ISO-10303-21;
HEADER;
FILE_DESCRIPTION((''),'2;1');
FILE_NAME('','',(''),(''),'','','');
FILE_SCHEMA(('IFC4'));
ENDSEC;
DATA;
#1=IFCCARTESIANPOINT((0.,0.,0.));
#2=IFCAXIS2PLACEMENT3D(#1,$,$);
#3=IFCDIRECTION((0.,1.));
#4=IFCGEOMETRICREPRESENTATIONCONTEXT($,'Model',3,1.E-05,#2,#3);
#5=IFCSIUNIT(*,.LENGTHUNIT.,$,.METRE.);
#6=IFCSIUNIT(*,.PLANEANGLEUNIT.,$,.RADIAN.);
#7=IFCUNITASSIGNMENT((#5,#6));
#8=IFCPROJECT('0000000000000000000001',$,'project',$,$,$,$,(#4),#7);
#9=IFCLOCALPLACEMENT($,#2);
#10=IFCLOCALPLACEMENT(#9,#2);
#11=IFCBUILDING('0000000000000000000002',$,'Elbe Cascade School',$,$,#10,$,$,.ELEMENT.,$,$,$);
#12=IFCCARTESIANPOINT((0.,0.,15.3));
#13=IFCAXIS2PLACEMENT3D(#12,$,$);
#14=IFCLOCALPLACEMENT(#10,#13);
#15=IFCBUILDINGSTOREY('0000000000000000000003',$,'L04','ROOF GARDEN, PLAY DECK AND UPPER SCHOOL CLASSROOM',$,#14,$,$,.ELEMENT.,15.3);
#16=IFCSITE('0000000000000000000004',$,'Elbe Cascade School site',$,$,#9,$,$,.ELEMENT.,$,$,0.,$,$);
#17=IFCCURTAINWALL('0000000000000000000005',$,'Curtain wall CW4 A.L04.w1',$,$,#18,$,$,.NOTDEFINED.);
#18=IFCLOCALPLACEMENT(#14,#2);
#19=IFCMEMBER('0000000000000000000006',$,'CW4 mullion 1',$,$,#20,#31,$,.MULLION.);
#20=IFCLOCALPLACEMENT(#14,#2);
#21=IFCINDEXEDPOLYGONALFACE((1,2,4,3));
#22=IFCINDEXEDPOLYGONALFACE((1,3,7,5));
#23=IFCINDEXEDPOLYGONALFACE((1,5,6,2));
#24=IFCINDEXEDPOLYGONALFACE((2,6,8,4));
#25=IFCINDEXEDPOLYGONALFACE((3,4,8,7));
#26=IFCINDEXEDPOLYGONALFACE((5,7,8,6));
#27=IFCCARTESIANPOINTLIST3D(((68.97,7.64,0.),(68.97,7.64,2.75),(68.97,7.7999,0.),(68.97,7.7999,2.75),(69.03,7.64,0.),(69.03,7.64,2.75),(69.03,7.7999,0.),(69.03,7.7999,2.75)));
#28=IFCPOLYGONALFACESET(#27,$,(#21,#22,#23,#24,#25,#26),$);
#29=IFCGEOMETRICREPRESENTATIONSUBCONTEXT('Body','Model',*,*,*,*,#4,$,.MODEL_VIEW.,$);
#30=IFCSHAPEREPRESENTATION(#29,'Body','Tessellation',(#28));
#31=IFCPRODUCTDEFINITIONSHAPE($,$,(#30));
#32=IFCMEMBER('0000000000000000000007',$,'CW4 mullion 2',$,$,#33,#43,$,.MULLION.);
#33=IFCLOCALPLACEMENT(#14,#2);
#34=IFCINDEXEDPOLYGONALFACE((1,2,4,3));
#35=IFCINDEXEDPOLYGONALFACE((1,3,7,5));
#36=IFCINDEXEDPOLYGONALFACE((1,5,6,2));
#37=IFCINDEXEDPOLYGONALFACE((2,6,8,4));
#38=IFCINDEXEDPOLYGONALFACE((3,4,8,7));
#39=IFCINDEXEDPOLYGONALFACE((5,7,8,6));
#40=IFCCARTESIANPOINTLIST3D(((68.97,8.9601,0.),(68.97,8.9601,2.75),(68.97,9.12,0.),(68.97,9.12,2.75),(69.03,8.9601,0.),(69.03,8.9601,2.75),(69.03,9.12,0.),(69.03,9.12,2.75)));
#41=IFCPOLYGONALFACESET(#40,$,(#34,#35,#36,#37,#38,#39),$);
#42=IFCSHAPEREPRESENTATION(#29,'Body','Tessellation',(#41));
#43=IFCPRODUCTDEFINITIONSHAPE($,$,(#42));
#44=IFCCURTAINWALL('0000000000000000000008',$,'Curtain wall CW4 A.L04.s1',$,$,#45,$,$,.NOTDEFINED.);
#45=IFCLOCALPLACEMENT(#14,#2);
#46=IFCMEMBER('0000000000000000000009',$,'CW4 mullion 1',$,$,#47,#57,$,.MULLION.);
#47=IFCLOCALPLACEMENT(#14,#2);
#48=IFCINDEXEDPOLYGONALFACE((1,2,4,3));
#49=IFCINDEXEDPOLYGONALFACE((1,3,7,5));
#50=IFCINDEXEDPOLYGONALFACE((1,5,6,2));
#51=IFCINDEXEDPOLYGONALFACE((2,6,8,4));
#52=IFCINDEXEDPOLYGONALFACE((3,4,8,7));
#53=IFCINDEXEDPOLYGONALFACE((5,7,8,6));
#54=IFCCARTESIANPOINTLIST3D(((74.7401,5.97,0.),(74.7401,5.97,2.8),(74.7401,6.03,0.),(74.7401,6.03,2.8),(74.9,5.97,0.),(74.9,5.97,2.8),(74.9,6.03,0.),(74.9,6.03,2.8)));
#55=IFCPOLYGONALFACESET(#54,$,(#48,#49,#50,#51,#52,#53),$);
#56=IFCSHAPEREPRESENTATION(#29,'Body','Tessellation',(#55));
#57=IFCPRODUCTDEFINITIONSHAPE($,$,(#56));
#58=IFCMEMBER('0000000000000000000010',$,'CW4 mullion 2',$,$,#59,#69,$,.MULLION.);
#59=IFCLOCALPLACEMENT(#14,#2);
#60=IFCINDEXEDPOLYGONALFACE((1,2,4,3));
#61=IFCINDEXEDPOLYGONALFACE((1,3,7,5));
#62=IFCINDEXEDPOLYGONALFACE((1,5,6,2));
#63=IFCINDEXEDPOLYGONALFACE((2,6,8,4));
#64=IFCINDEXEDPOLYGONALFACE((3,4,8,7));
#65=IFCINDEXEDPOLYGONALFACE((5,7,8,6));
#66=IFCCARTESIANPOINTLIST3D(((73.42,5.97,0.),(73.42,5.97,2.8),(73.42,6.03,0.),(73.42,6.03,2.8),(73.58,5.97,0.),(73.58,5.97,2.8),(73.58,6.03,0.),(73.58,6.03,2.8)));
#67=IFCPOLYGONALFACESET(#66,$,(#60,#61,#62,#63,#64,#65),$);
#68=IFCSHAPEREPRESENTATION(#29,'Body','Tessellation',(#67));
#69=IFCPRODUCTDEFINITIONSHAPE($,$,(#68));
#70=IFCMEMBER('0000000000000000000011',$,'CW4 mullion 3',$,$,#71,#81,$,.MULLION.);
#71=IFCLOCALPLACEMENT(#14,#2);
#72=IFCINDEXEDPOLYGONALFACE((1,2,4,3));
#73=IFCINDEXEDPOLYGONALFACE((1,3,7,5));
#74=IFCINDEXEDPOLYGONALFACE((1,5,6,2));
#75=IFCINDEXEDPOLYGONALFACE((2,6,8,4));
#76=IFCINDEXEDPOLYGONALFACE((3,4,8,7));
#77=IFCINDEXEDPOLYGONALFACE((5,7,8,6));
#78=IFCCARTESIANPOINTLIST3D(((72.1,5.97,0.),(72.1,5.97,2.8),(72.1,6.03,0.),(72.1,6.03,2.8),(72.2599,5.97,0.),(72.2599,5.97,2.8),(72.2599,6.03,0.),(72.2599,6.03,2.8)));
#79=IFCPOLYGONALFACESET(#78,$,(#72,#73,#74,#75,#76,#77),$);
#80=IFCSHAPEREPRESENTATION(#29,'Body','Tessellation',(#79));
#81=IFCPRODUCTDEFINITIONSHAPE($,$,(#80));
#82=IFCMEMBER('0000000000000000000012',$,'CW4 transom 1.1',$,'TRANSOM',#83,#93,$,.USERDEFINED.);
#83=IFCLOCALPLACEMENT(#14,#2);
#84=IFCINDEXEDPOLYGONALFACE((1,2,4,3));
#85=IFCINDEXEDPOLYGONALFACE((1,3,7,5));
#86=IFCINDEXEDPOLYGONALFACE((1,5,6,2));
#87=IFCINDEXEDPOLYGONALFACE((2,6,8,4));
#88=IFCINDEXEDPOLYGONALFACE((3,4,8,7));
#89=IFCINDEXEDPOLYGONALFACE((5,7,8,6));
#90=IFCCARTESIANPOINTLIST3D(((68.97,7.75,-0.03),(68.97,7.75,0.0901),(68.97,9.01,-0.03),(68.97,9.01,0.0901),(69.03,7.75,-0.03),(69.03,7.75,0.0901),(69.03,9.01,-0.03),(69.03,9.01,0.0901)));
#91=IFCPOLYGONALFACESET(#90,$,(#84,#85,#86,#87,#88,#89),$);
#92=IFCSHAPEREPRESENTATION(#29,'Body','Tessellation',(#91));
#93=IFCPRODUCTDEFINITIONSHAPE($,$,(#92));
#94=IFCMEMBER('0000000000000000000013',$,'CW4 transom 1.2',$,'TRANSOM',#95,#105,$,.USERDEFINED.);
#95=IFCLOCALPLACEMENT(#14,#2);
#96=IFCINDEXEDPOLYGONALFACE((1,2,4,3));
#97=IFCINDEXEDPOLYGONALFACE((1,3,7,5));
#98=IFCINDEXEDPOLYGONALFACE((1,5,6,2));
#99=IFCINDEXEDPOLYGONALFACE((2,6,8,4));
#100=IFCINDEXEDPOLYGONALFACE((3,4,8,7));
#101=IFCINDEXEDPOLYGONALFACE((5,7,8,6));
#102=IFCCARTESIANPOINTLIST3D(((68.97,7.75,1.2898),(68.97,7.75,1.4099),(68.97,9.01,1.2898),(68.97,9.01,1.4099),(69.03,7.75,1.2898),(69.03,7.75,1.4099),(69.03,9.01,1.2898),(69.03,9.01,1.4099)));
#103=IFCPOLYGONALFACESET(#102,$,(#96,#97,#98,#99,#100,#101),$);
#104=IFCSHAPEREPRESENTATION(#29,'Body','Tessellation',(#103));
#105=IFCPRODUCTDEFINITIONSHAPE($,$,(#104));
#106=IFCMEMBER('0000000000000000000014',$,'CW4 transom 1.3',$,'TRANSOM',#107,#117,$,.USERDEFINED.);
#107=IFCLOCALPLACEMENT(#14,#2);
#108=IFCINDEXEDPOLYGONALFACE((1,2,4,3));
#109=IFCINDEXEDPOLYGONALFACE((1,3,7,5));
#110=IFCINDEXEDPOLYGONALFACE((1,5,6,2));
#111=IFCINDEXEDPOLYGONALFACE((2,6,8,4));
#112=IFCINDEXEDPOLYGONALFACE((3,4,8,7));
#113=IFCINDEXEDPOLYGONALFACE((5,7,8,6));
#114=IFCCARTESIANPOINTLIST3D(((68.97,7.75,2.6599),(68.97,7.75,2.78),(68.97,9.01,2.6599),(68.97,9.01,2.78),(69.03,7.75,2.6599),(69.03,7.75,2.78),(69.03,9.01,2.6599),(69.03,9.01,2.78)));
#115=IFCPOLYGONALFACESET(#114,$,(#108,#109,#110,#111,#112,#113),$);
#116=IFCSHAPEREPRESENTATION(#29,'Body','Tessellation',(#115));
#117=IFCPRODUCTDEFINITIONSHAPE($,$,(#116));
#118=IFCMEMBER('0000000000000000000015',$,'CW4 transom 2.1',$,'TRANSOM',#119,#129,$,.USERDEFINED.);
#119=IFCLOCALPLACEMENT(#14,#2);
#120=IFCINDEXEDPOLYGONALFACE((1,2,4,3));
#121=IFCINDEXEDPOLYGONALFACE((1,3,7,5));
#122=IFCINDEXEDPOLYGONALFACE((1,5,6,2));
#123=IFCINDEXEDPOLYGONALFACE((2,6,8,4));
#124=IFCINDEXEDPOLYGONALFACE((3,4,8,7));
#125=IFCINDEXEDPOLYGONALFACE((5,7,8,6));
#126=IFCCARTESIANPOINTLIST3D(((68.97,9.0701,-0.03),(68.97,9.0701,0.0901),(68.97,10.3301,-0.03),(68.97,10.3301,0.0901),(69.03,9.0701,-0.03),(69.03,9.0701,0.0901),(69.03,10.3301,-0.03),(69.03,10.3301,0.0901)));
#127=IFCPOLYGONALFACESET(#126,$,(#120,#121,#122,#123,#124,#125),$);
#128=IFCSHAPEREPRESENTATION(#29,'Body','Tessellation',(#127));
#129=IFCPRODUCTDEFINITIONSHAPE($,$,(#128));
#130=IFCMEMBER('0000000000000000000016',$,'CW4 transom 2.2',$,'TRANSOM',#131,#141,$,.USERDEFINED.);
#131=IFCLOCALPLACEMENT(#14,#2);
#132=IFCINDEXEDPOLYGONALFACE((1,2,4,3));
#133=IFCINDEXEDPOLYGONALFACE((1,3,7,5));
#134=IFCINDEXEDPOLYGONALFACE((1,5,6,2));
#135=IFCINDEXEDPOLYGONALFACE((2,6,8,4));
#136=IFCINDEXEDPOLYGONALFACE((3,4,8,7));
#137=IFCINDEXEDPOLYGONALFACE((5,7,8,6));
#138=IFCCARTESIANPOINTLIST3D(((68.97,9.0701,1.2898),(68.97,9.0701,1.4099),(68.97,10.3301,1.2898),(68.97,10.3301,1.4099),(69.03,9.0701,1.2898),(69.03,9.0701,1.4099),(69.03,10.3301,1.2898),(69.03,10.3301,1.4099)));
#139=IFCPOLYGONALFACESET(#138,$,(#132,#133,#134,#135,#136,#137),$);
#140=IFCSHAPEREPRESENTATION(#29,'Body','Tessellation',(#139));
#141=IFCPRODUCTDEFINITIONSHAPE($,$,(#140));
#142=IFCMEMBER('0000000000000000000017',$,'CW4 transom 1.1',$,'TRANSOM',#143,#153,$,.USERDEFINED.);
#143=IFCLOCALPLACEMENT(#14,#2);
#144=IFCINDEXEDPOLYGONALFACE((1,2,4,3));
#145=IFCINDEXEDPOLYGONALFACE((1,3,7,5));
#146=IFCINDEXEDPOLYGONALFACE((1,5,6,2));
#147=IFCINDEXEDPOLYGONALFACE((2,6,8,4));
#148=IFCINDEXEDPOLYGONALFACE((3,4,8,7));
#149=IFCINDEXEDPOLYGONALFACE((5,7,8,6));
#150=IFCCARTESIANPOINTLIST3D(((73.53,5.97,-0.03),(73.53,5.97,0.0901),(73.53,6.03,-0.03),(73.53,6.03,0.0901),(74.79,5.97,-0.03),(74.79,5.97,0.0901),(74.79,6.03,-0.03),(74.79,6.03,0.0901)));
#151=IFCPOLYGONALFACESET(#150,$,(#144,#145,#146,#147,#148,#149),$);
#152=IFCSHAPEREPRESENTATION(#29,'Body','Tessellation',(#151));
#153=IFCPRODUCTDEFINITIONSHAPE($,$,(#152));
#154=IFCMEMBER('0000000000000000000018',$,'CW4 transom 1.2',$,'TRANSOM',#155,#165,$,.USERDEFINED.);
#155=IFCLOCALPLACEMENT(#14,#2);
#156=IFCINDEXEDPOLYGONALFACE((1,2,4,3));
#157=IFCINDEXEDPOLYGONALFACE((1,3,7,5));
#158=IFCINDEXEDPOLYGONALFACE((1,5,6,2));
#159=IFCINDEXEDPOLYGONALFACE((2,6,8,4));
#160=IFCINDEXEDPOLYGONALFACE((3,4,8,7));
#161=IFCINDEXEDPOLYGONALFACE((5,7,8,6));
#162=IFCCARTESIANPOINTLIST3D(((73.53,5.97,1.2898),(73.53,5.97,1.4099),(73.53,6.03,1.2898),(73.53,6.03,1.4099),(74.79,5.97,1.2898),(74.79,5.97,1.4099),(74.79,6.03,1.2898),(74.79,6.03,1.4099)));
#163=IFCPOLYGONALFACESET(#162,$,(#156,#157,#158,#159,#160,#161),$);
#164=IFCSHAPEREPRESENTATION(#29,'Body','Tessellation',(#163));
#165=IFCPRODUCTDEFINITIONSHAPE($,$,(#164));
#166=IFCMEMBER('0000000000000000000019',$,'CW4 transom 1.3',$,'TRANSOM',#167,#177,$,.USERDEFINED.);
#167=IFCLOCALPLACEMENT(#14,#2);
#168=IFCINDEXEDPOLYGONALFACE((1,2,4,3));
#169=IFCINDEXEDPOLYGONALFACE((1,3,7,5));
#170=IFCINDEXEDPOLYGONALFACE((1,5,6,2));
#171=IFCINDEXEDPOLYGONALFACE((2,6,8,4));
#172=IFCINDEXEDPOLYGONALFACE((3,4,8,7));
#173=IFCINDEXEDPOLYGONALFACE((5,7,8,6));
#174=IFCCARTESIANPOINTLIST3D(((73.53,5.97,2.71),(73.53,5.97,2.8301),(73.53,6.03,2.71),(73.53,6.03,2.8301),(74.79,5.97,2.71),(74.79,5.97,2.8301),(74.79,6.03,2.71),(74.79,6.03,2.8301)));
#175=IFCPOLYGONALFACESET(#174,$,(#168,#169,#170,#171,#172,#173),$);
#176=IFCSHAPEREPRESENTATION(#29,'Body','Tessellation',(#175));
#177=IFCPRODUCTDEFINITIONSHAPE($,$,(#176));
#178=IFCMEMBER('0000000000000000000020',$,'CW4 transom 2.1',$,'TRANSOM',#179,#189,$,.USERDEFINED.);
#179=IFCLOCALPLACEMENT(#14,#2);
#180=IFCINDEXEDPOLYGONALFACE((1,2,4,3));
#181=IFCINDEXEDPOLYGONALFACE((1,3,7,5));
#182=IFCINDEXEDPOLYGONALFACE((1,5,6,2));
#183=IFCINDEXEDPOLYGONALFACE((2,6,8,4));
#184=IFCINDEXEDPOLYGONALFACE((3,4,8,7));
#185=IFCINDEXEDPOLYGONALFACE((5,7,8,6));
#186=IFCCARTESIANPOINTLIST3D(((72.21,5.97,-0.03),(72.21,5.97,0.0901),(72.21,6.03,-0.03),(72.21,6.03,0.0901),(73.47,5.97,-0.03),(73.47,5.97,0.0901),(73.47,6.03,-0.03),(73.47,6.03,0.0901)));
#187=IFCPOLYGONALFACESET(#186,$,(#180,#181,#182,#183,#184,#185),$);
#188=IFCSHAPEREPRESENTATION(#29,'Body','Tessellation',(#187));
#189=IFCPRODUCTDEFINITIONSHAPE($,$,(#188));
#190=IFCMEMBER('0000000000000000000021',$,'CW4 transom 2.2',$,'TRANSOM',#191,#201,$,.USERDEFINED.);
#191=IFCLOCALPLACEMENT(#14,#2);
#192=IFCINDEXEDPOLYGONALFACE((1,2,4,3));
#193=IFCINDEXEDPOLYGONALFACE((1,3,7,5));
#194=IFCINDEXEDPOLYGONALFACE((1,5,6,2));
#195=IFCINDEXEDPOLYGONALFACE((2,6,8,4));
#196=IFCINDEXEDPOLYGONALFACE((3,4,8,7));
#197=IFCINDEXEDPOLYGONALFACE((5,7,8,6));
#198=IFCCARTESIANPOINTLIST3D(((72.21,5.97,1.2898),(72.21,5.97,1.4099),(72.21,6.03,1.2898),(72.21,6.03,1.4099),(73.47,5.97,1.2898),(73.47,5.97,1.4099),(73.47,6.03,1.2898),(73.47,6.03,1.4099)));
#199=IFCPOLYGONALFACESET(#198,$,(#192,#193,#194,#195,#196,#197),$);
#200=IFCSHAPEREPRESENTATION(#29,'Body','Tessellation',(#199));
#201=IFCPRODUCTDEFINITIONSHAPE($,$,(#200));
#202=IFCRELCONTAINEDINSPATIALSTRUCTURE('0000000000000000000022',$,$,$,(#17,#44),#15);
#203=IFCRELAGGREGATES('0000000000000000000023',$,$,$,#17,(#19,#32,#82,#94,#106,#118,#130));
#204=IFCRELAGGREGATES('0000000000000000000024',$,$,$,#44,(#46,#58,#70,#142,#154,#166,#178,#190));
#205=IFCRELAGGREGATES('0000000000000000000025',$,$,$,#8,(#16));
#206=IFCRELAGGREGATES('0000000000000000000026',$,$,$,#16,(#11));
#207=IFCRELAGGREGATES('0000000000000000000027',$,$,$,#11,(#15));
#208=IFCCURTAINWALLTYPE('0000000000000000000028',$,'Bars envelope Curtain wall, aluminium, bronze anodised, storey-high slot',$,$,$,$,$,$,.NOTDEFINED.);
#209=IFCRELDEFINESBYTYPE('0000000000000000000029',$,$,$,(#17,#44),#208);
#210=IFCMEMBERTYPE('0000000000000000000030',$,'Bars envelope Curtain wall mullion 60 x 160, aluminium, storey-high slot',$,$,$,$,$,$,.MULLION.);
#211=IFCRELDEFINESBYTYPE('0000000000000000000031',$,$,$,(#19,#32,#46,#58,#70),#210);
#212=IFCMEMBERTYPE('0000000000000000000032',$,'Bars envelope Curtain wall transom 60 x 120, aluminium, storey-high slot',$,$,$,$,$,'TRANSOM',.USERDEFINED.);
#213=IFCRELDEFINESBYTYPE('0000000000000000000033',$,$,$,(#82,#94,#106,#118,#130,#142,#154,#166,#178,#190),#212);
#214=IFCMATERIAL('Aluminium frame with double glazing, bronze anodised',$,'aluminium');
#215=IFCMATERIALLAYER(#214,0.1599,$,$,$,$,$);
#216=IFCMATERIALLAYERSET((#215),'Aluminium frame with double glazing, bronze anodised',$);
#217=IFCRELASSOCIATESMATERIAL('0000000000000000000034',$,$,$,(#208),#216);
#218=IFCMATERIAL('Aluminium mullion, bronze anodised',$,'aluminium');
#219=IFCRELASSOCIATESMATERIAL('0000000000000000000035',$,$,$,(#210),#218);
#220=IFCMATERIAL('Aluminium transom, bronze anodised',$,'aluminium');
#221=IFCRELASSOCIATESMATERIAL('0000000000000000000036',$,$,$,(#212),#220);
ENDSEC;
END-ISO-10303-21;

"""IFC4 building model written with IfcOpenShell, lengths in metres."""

from ifc_helpers import new_model, si_unit, direction, frame, origin, origin_2d, place, context, subcontext, project, spatial, rectangle, extrude, material, layer, layer_set, material_profile, profile_set, type_object, element, aggregate, save


model = new_model("IFC4")

# Units and contexts
model_context = context("Model", 3, precision=1e-05, world=origin(), true_north=direction((0.0, 1.0)))
body_context = subcontext(model_context, "Body", "Model", "MODEL_VIEW")
ifc_project = project(units=[si_unit("LENGTHUNIT", "METRE"), si_unit("PLANEANGLEUNIT", "RADIAN")], contexts=[model_context])

# Site, building, storey
site_placement = place(None, origin())
site = spatial("IfcSite", under=ifc_project, at=site_placement, Name="Elbe Cascade School site", CompositionType="ELEMENT", RefElevation=0.0)
building_placement = place(site_placement, origin())
building = spatial("IfcBuilding", under=site, at=building_placement, Name="Elbe Cascade School", CompositionType="ELEMENT")
storey_placement = place(building_placement, frame((0.0, 0.0, 15.3)))
storey = spatial("IfcBuildingStorey", under=building, at=storey_placement, Name="L04", Description="ROOF GARDEN, PLAY DECK AND UPPER SCHOOL CLASSROOM", CompositionType="ELEMENT", Elevation=15.3)

# Curtain walls, members
ifc_material_1 = material(Name="Aluminium frame with double glazing, bronze anodised", Category="aluminium")
ifc_layer_1 = layer(ifc_material_1, 0.1599)
ifc_layer_set_1 = layer_set([ifc_layer_1], Name="Aluminium frame with double glazing, bronze anodised")
curtain_wall_type = type_object("IfcCurtainWallType", Name="Bars envelope Curtain wall, aluminium, bronze anodised, storey-high slot", PredefinedType="NOTDEFINED", material=ifc_layer_set_1)
curtain_wall_1_placement = place(storey_placement, origin())
curtain_wall_1 = element("IfcCurtainWall", 1, at=curtain_wall_1_placement, inside=storey, type_object=curtain_wall_type, Name="Curtain wall CW4 A.L04.w1", PredefinedType="NOTDEFINED")
ifc_material_2 = material(Name="Aluminium mullion, bronze anodised", Category="aluminium")
ifc_material_profile_1 = material_profile(ifc_material_2, rectangle(XDim=0.0601, YDim=0.1599, at=origin_2d()), Name="Bars envelope Curtain wall mullion 60 x 160, aluminium, storey-high slot")
ifc_profile_set_1 = profile_set([ifc_material_profile_1], Name="Aluminium mullion, bronze anodised")
member_type_1 = type_object("IfcMemberType", Name="Bars envelope Curtain wall mullion 60 x 160, aluminium, storey-high slot", PredefinedType="MULLION", material=ifc_profile_set_1)
member_1_placement = place(storey_placement, frame((69.0, 7.72, 0.0), z_axis=(0.0, 0.0, 1.0), x_axis=(-1.0, 0.0, 0.0)))
member_1 = element("IfcMember", 2, at=member_1_placement, type_object=member_type_1, Name="CW4 mullion 1", PredefinedType="MULLION", context=body_context, shape_type="SweptSolid", body=[
    extrude(rectangle(XDim=0.0601, YDim=0.1599, at=origin_2d()), origin(), (0.0, 0.0, 1.0), 2.75),
])
member_2_placement = place(storey_placement, frame((69.0, 9.04, 0.0), z_axis=(0.0, 0.0, 1.0), x_axis=(-1.0, 0.0, 0.0)))
member_2 = element("IfcMember", 3, at=member_2_placement, type_object=member_type_1, Name="CW4 mullion 2", PredefinedType="MULLION", context=body_context, shape_type="SweptSolid", body=[
    extrude(rectangle(XDim=0.0601, YDim=0.1599, at=origin_2d()), origin(), (0.0, 0.0, 1.0), 2.75),
])
curtain_wall_2_placement = place(storey_placement, origin())
curtain_wall_2 = element("IfcCurtainWall", 4, at=curtain_wall_2_placement, inside=storey, type_object=curtain_wall_type, Name="Curtain wall CW4 A.L04.s1", PredefinedType="NOTDEFINED")
member_3_placement = place(storey_placement, frame((74.8201, 6.0, 0.0), z_axis=(0.0, 0.0, 1.0), x_axis=(0.0, -1.0, 0.0)))
member_3 = element("IfcMember", 5, at=member_3_placement, type_object=member_type_1, Name="CW4 mullion 1", PredefinedType="MULLION", context=body_context, shape_type="SweptSolid", body=[
    extrude(rectangle(XDim=0.0601, YDim=0.1599, at=origin_2d()), origin(), (0.0, 0.0, 1.0), 2.8),
])
member_4_placement = place(storey_placement, frame((73.5, 6.0, 0.0), z_axis=(0.0, 0.0, 1.0), x_axis=(0.0, -1.0, 0.0)))
member_4 = element("IfcMember", 6, at=member_4_placement, type_object=member_type_1, Name="CW4 mullion 2", PredefinedType="MULLION", context=body_context, shape_type="SweptSolid", body=[
    extrude(rectangle(XDim=0.0601, YDim=0.1599, at=origin_2d()), origin(), (0.0, 0.0, 1.0), 2.8),
])
member_5_placement = place(storey_placement, frame((72.1799, 6.0, 0.0), z_axis=(0.0, 0.0, 1.0), x_axis=(0.0, -1.0, 0.0)))
member_5 = element("IfcMember", 7, at=member_5_placement, type_object=member_type_1, Name="CW4 mullion 3", PredefinedType="MULLION", context=body_context, shape_type="SweptSolid", body=[
    extrude(rectangle(XDim=0.0601, YDim=0.1599, at=origin_2d()), origin(), (0.0, 0.0, 1.0), 2.8),
])

# Members
ifc_material_3 = material(Name="Aluminium transom, bronze anodised", Category="aluminium")
ifc_material_profile_2 = material_profile(ifc_material_3, rectangle(XDim=0.0601, YDim=0.1201, at=origin_2d()), Name="Bars envelope Curtain wall transom 60 x 120, aluminium, storey-high slot")
ifc_profile_set_2 = profile_set([ifc_material_profile_2], Name="Aluminium transom, bronze anodised")
member_type_2 = type_object("IfcMemberType", Name="Bars envelope Curtain wall transom 60 x 120, aluminium, storey-high slot", ElementType="TRANSOM", PredefinedType="USERDEFINED", material=ifc_profile_set_2)
member_6_placement = place(storey_placement, frame((69.0, 7.75, 0.03), z_axis=(0.0, 1.0, 0.0), x_axis=(-1.0, 0.0, 0.0)))
member_6 = element("IfcMember", 8, at=member_6_placement, type_object=member_type_2, Name="CW4 transom 1.1", ObjectType="TRANSOM", PredefinedType="USERDEFINED", context=body_context, shape_type="SweptSolid", body=[
    extrude(rectangle(XDim=0.0601, YDim=0.1201, at=origin_2d()), origin(), (0.0, 0.0, 1.0), 1.26),
])
member_7_placement = place(storey_placement, frame((69.0, 7.75, 1.3499), z_axis=(0.0, 1.0, 0.0), x_axis=(-1.0, 0.0, 0.0)))
member_7 = element("IfcMember", 9, at=member_7_placement, type_object=member_type_2, Name="CW4 transom 1.2", ObjectType="TRANSOM", PredefinedType="USERDEFINED", context=body_context, shape_type="SweptSolid", body=[
    extrude(rectangle(XDim=0.0601, YDim=0.1201, at=origin_2d()), origin(), (0.0, 0.0, 1.0), 1.26),
])
member_8_placement = place(storey_placement, frame((69.0, 7.75, 2.72), z_axis=(0.0, 1.0, 0.0), x_axis=(-1.0, 0.0, 0.0)))
member_8 = element("IfcMember", 10, at=member_8_placement, type_object=member_type_2, Name="CW4 transom 1.3", ObjectType="TRANSOM", PredefinedType="USERDEFINED", context=body_context, shape_type="SweptSolid", body=[
    extrude(rectangle(XDim=0.0601, YDim=0.1201, at=origin_2d()), origin(), (0.0, 0.0, 1.0), 1.26),
])
member_9_placement = place(storey_placement, frame((69.0, 9.0701, 0.03), z_axis=(0.0, 1.0, 0.0), x_axis=(-1.0, 0.0, 0.0)))
member_9 = element("IfcMember", 11, at=member_9_placement, type_object=member_type_2, Name="CW4 transom 2.1", ObjectType="TRANSOM", PredefinedType="USERDEFINED", context=body_context, shape_type="SweptSolid", body=[
    extrude(rectangle(XDim=0.0601, YDim=0.1201, at=origin_2d()), origin(), (0.0, 0.0, 1.0), 1.26),
])
member_10_placement = place(storey_placement, frame((69.0, 9.0701, 1.3499), z_axis=(0.0, 1.0, 0.0), x_axis=(-1.0, 0.0, 0.0)))
member_10 = element("IfcMember", 12, at=member_10_placement, type_object=member_type_2, Name="CW4 transom 2.2", ObjectType="TRANSOM", PredefinedType="USERDEFINED", context=body_context, shape_type="SweptSolid", body=[
    extrude(rectangle(XDim=0.0601, YDim=0.1201, at=origin_2d()), origin(), (0.0, 0.0, 1.0), 1.26),
])
member_11_placement = place(storey_placement, frame((74.79, 6.0, 0.03), z_axis=(-1.0, 0.0, 0.0), x_axis=(0.0, -1.0, 0.0)))
member_11 = element("IfcMember", 13, at=member_11_placement, type_object=member_type_2, Name="CW4 transom 1.1", ObjectType="TRANSOM", PredefinedType="USERDEFINED", context=body_context, shape_type="SweptSolid", body=[
    extrude(rectangle(XDim=0.0601, YDim=0.1201, at=origin_2d()), origin(), (0.0, 0.0, 1.0), 1.26),
])
member_12_placement = place(storey_placement, frame((74.79, 6.0, 1.3499), z_axis=(-1.0, 0.0, 0.0), x_axis=(0.0, -1.0, 0.0)))
member_12 = element("IfcMember", 14, at=member_12_placement, type_object=member_type_2, Name="CW4 transom 1.2", ObjectType="TRANSOM", PredefinedType="USERDEFINED", context=body_context, shape_type="SweptSolid", body=[
    extrude(rectangle(XDim=0.0601, YDim=0.1201, at=origin_2d()), origin(), (0.0, 0.0, 1.0), 1.26),
])
member_13_placement = place(storey_placement, frame((74.79, 6.0, 2.77), z_axis=(-1.0, 0.0, 0.0), x_axis=(0.0, -1.0, 0.0)))
member_13 = element("IfcMember", 15, at=member_13_placement, type_object=member_type_2, Name="CW4 transom 1.3", ObjectType="TRANSOM", PredefinedType="USERDEFINED", context=body_context, shape_type="SweptSolid", body=[
    extrude(rectangle(XDim=0.0601, YDim=0.1201, at=origin_2d()), origin(), (0.0, 0.0, 1.0), 1.26),
])
member_14_placement = place(storey_placement, frame((73.47, 6.0, 0.03), z_axis=(-1.0, 0.0, 0.0), x_axis=(0.0, -1.0, 0.0)))
member_14 = element("IfcMember", 16, at=member_14_placement, type_object=member_type_2, Name="CW4 transom 2.1", ObjectType="TRANSOM", PredefinedType="USERDEFINED", context=body_context, shape_type="SweptSolid", body=[
    extrude(rectangle(XDim=0.0601, YDim=0.1201, at=origin_2d()), origin(), (0.0, 0.0, 1.0), 1.26),
])
member_15_placement = place(storey_placement, frame((73.47, 6.0, 1.3499), z_axis=(-1.0, 0.0, 0.0), x_axis=(0.0, -1.0, 0.0)))
member_15 = element("IfcMember", 17, at=member_15_placement, type_object=member_type_2, Name="CW4 transom 2.2", ObjectType="TRANSOM", PredefinedType="USERDEFINED", context=body_context, shape_type="SweptSolid", body=[
    extrude(rectangle(XDim=0.0601, YDim=0.1201, at=origin_2d()), origin(), (0.0, 0.0, 1.0), 1.26),
])

aggregate(curtain_wall_1, [member_1, member_2, member_6, member_7, member_8, member_9, member_10])
aggregate(curtain_wall_2, [member_3, member_4, member_5, member_11, member_12, member_13, member_14, member_15])

save(model, "model.ifc")
